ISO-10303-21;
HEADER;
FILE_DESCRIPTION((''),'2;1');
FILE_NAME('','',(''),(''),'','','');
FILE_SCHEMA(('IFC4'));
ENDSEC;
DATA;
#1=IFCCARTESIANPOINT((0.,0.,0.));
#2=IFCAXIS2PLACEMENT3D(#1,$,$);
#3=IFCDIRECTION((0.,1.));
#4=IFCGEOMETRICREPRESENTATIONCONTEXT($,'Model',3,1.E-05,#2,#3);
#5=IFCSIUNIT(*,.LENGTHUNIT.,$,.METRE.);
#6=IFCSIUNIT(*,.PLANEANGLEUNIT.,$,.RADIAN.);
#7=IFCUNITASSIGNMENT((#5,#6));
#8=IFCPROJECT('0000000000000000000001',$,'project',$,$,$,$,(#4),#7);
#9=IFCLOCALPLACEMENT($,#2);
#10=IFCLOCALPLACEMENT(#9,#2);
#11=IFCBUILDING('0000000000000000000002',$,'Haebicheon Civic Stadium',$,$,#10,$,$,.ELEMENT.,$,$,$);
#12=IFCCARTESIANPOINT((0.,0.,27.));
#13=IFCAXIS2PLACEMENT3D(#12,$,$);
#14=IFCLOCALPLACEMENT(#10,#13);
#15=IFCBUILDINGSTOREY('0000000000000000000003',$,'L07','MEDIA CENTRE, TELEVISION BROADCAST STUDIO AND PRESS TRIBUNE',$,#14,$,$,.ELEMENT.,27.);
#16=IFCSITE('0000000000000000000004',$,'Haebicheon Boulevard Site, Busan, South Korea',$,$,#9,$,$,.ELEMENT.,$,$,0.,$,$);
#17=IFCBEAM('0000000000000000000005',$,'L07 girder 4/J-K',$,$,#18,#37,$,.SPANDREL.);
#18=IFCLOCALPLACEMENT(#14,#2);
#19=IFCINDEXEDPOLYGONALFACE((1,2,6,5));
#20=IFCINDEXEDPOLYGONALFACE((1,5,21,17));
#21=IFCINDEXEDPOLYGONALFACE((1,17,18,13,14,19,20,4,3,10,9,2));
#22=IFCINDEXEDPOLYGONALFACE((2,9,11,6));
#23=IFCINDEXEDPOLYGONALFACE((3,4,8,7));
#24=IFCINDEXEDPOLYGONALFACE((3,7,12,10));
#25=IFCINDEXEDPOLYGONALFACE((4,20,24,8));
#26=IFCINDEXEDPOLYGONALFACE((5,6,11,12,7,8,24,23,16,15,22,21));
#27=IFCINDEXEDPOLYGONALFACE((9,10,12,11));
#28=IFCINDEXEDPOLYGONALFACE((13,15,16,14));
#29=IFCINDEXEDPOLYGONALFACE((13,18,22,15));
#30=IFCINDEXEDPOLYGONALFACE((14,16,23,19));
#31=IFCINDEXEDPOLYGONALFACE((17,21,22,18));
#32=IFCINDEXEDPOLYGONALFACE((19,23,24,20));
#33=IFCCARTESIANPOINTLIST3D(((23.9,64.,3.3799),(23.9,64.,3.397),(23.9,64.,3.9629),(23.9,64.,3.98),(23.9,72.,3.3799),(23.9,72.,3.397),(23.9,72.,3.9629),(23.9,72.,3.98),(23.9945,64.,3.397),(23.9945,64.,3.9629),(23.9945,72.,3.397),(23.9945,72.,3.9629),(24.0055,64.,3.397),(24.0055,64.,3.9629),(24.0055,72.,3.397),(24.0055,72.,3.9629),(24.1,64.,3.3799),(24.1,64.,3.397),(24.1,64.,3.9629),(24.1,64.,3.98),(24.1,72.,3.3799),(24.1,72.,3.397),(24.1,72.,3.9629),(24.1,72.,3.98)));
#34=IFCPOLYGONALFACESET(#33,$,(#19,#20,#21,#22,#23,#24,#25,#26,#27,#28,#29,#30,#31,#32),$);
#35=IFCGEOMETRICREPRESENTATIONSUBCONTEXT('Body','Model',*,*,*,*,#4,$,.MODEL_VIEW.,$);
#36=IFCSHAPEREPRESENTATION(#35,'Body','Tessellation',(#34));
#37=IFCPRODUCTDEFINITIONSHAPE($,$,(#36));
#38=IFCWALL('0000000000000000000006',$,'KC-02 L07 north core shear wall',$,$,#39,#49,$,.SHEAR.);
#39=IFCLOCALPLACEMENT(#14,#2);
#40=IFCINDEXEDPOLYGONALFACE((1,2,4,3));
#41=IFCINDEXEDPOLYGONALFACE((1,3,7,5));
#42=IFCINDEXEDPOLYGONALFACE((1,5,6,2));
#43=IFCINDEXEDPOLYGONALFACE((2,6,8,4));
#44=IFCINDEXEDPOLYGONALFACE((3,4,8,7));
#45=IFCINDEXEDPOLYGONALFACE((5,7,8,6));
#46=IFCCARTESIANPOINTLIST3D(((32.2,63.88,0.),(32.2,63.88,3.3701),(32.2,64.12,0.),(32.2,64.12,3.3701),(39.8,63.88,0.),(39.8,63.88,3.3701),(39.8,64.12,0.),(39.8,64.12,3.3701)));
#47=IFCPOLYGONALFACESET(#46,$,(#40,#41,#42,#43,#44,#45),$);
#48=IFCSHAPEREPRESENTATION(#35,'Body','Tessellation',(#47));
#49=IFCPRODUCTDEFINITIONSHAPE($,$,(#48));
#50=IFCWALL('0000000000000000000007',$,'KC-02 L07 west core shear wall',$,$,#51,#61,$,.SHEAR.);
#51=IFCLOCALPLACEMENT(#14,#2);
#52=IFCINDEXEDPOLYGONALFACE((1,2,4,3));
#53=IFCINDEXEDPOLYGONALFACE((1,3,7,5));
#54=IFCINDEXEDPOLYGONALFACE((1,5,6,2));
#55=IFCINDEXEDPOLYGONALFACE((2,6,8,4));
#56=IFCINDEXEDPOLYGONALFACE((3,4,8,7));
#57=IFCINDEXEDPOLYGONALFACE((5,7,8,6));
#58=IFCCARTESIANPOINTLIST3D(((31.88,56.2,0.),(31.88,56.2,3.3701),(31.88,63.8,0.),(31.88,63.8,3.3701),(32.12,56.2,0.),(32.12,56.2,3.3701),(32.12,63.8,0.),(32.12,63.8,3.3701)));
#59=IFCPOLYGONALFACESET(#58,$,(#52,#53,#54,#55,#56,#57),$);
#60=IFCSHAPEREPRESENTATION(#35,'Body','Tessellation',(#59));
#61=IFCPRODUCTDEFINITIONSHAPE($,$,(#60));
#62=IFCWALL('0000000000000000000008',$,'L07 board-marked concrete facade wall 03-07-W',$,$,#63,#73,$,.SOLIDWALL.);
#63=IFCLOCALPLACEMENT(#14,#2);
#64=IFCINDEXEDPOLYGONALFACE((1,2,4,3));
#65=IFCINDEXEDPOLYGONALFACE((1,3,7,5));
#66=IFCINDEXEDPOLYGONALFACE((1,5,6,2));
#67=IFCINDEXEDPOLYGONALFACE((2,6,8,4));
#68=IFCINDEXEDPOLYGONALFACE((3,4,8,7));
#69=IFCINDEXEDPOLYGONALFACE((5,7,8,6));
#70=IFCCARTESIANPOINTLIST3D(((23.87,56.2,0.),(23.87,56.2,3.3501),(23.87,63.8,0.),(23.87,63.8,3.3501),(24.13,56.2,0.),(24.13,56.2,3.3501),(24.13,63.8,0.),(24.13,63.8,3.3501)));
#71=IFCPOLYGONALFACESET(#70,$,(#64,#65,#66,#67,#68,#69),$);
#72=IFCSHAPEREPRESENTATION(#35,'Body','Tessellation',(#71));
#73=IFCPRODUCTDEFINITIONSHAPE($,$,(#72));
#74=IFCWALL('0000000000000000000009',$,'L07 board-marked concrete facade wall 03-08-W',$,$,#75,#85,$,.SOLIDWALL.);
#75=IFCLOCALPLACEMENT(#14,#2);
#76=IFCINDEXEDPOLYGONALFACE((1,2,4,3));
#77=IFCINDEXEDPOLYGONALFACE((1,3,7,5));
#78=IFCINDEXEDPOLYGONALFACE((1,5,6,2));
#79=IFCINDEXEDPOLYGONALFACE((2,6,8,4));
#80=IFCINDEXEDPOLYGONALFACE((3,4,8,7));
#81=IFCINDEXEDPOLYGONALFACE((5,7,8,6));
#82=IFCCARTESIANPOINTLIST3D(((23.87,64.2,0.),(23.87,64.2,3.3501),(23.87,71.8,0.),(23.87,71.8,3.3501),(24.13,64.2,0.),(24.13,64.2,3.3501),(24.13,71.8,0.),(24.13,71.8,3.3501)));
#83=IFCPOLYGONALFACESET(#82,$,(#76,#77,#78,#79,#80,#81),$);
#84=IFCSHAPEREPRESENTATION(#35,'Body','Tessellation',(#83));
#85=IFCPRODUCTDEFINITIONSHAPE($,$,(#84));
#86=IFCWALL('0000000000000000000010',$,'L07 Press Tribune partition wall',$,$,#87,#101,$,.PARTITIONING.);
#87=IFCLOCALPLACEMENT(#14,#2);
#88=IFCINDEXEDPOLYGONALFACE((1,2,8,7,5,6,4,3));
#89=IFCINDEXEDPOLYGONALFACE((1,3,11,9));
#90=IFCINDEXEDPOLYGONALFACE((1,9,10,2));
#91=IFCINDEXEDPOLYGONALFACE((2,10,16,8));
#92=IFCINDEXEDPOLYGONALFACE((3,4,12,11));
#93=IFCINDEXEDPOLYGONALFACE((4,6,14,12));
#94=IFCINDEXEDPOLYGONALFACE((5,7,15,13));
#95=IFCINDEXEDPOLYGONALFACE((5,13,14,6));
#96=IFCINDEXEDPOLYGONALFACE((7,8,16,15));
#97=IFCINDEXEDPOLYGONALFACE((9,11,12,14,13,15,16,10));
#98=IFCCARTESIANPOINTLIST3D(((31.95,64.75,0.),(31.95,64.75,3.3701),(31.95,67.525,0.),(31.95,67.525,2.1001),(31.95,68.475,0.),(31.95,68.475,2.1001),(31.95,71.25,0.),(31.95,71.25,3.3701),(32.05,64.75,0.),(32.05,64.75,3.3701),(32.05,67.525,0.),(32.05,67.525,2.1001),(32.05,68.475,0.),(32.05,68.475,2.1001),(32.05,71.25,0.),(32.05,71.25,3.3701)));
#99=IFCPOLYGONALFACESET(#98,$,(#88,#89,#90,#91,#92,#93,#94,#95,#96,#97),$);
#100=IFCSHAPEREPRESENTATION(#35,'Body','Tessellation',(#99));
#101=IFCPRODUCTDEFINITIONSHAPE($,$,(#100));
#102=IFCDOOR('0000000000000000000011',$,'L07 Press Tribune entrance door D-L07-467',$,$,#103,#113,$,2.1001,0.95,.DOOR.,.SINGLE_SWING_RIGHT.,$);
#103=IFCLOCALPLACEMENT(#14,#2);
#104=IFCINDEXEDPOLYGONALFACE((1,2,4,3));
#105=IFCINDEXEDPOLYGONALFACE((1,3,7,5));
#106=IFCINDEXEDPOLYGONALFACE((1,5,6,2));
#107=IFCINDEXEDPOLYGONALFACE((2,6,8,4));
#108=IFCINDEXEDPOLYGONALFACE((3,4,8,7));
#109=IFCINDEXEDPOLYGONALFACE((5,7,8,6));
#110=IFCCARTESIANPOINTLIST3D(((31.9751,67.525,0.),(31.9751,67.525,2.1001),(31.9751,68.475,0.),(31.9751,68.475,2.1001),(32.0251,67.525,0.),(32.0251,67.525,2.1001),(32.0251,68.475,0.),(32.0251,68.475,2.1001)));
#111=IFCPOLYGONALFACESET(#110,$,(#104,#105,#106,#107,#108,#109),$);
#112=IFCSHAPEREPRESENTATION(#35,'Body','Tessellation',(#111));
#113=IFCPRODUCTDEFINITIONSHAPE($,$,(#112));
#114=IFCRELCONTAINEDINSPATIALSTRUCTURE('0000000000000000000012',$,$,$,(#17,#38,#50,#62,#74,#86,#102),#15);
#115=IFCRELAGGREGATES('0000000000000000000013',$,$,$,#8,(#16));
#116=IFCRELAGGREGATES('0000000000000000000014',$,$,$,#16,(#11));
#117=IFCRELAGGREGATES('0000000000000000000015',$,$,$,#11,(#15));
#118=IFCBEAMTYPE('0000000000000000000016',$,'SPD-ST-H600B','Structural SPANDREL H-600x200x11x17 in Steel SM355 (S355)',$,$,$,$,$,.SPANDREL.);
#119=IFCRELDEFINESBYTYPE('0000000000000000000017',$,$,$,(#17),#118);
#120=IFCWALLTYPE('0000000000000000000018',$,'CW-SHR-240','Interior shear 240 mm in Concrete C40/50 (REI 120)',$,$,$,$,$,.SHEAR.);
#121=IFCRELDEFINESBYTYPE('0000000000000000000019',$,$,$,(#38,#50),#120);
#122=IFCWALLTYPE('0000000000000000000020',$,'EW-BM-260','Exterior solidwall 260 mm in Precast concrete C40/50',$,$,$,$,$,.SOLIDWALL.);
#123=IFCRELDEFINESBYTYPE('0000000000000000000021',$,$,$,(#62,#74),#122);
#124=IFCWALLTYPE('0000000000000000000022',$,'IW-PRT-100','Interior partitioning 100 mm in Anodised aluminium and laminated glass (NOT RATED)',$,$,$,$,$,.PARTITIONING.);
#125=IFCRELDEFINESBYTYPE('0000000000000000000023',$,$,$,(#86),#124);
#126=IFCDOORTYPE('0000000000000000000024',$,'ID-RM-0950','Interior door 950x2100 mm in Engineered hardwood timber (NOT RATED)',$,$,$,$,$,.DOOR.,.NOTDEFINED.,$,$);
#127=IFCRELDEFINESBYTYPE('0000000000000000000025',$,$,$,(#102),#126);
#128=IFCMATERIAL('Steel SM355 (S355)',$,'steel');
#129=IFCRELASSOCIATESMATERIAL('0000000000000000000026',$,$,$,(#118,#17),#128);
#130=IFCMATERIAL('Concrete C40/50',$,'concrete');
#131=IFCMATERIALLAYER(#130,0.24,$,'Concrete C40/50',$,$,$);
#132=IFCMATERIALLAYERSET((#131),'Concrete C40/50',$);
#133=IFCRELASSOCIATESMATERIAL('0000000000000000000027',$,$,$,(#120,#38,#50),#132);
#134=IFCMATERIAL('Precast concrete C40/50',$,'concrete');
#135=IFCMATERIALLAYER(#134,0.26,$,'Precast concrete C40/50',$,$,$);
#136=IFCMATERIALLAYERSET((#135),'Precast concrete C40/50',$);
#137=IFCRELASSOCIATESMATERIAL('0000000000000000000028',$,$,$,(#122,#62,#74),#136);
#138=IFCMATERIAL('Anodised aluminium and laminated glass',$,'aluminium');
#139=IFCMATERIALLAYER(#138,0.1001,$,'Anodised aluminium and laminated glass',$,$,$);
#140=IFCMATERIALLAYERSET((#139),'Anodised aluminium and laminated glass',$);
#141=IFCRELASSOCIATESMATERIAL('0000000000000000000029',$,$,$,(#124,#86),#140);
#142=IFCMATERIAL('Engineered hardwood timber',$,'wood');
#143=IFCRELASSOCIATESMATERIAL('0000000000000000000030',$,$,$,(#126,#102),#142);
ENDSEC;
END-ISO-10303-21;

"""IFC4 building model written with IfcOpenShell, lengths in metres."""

from ifc_helpers import new_model, si_unit, direction, frame, frame_2d, origin, origin_2d, place, context, subcontext, project, spatial, rectangle, i_section, extrude, material, layer, layer_set, material_profile, profile_set, type_object, element, fill, save


model = new_model("IFC4")

# Units and contexts
model_context = context("Model", 3, precision=1e-05, world=origin(), true_north=direction((0.0, 1.0)))
body_context = subcontext(model_context, "Body", "Model", "MODEL_VIEW")
ifc_project = project(units=[si_unit("LENGTHUNIT", "METRE"), si_unit("PLANEANGLEUNIT", "RADIAN")], contexts=[model_context])

# Site, building, storey
site_placement = place(None, origin())
site = spatial("IfcSite", under=ifc_project, at=site_placement, Name="Haebicheon Boulevard Site, Busan, South Korea", CompositionType="ELEMENT", RefElevation=0.0)
building_placement = place(site_placement, origin())
building = spatial("IfcBuilding", under=site, at=building_placement, Name="Haebicheon Civic Stadium", CompositionType="ELEMENT")
storey_placement = place(building_placement, frame((0.0, 0.0, 27.0)))
storey = spatial("IfcBuildingStorey", under=building, at=storey_placement, Name="L07", Description="MEDIA CENTRE, TELEVISION BROADCAST STUDIO AND PRESS TRIBUNE", CompositionType="ELEMENT", Elevation=27.0)

# Beam
ifc_material_1 = material(Name="Steel SM355 (S355)", Category="steel")
ifc_material_profile_1 = material_profile(ifc_material_1, i_section(OverallWidth=0.2, OverallDepth=0.6001, WebThickness=0.011, FlangeThickness=0.0171, at=origin_2d()), Name="H-600x200x11x17")
ifc_profile_set_1 = profile_set([ifc_material_profile_1], Name="Steel SM355 (S355)")
beam_type_1 = type_object("IfcBeamType", Name="SPD-ST-H600B", Description="Structural SPANDREL H-600x200x11x17 in Steel SM355 (S355)", PredefinedType="SPANDREL", material=ifc_profile_set_1)
beam_1_placement = place(storey_placement, frame((24.0, 64.0, 3.6799), z_axis=(0.0, 1.0, 0.0), x_axis=(-1.0, 0.0, 0.0)))
element("IfcBeam", 1, at=beam_1_placement, inside=storey, type_object=beam_type_1, material=ifc_profile_set_1, Name="L07 girder 4/J-K", PredefinedType="SPANDREL", context=body_context, shape_type="SweptSolid", body=[
    extrude(i_section(OverallWidth=0.2, OverallDepth=0.6001, WebThickness=0.011, FlangeThickness=0.0171, at=origin_2d()), origin(), (0.0, 0.0, 1.0), 8.0),
])

# Walls
ifc_material_2 = material(Name="Concrete C40/50", Category="concrete")
ifc_layer_1 = layer(ifc_material_2, 0.24, Name="Concrete C40/50")
ifc_layer_set_1 = layer_set([ifc_layer_1], Name="Concrete C40/50")
wall_type_1 = type_object("IfcWallType", Name="CW-SHR-240", Description="Interior shear 240 mm in Concrete C40/50 (REI 120)", PredefinedType="SHEAR", material=ifc_layer_set_1)
for number, where, z_axis, x_axis, name in (
    (2, (32.2, 64.0, 0.0), (0.0, 0.0, 1.0), (1.0, 0.0, 0.0), "KC-02 L07 north core shear wall"),
    (3, (32.0, 56.2, 0.0), (0.0, 0.0, 1.0), (0.0, 1.0, 0.0), "KC-02 L07 west core shear wall"),
):
    element("IfcWall", number, at=place(storey_placement, frame(where, z_axis=z_axis, x_axis=x_axis)), inside=storey, type_object=wall_type_1, material=ifc_layer_set_1, Name=name, PredefinedType="SHEAR", context=body_context, shape_type="SweptSolid", body=[
        extrude(rectangle(XDim=7.6001, YDim=0.24, at=frame_2d((3.8, 0.0))), origin(), (0.0, 0.0, 1.0), 3.3701),
    ])

# Walls
ifc_material_3 = material(Name="Precast concrete C40/50", Category="concrete")
ifc_layer_2 = layer(ifc_material_3, 0.26, Name="Precast concrete C40/50")
ifc_layer_set_2 = layer_set([ifc_layer_2], Name="Precast concrete C40/50")
wall_type_2 = type_object("IfcWallType", Name="EW-BM-260", Description="Exterior solidwall 260 mm in Precast concrete C40/50", PredefinedType="SOLIDWALL", material=ifc_layer_set_2)
for number, where, z_axis, x_axis, name in (
    (4, (24.0, 56.2, 0.0), (0.0, 0.0, 1.0), (0.0, 1.0, 0.0), "L07 board-marked concrete facade wall 03-07-W"),
    (5, (24.0, 64.2, 0.0), (0.0, 0.0, 1.0), (0.0, 1.0, 0.0), "L07 board-marked concrete facade wall 03-08-W"),
):
    element("IfcWall", number, at=place(storey_placement, frame(where, z_axis=z_axis, x_axis=x_axis)), inside=storey, type_object=wall_type_2, material=ifc_layer_set_2, Name=name, PredefinedType="SOLIDWALL", context=body_context, shape_type="SweptSolid", body=[
        extrude(rectangle(XDim=7.6001, YDim=0.26, at=frame_2d((3.8, 0.0))), origin(), (0.0, 0.0, 1.0), 3.3501),
    ])

# Wall, opening, door
ifc_material_4 = material(Name="Anodised aluminium and laminated glass", Category="aluminium")
ifc_layer_3 = layer(ifc_material_4, 0.1001, Name="Anodised aluminium and laminated glass")
ifc_layer_set_3 = layer_set([ifc_layer_3], Name="Anodised aluminium and laminated glass")
wall_type_3 = type_object("IfcWallType", Name="IW-PRT-100", Description="Interior partitioning 100 mm in Anodised aluminium and laminated glass (NOT RATED)", PredefinedType="PARTITIONING", material=ifc_layer_set_3)
wall_1_placement = place(storey_placement, frame((32.0, 64.75, 0.0), z_axis=(0.0, 0.0, 1.0), x_axis=(0.0, 1.0, 0.0)))
wall_1 = element("IfcWall", 6, at=wall_1_placement, inside=storey, type_object=wall_type_3, material=ifc_layer_set_3, Name="L07 Press Tribune partition wall", PredefinedType="PARTITIONING", context=body_context, shape_type="SweptSolid", body=[
    extrude(rectangle(XDim=6.5, YDim=0.1001, at=frame_2d((3.25, 0.0))), origin(), (0.0, 0.0, 1.0), 3.3701),
])
opening_1_placement = place(wall_1_placement, frame((2.7749, 0.0, 0.0)))
opening_1 = element("IfcOpeningElement", 7, at=opening_1_placement, cuts=wall_1, PredefinedType="OPENING", context=body_context, shape_type="SweptSolid", body=[
    extrude(rectangle(XDim=0.95, YDim=2.1001, at=frame_2d((0.4751, 1.05))), frame((0.0, 0.0601, 0.0), z_axis=(0.0, -1.0, 0.0), x_axis=(1.0, 0.0, 0.0)), (0.0, 0.0, 1.0), 0.1201),
])
ifc_material_5 = material(Name="Engineered hardwood timber", Category="wood")
door_type_1 = type_object("IfcDoorType", Name="ID-RM-0950", Description="Interior door 950x2100 mm in Engineered hardwood timber (NOT RATED)", OperationType="NOTDEFINED", PredefinedType="DOOR", material=ifc_material_5)
door_1_placement = place(opening_1_placement, origin())
door_1 = element("IfcDoor", 8, at=door_1_placement, inside=storey, type_object=door_type_1, material=ifc_material_5, Name="L07 Press Tribune entrance door D-L07-467", OperationType="SINGLE_SWING_RIGHT", OverallHeight=2.1001, OverallWidth=0.95, PredefinedType="DOOR", context=body_context, shape_type="SweptSolid", body=[
    extrude(rectangle(XDim=0.95, YDim=2.1001, at=frame_2d((0.4751, 1.05))), frame((0.0, 0.0249, 0.0), z_axis=(0.0, -1.0, 0.0), x_axis=(1.0, 0.0, 0.0)), (0.0, 0.0, 1.0), 0.05),
])
fill(opening_1, door_1)

save(model, "model.ifc")
